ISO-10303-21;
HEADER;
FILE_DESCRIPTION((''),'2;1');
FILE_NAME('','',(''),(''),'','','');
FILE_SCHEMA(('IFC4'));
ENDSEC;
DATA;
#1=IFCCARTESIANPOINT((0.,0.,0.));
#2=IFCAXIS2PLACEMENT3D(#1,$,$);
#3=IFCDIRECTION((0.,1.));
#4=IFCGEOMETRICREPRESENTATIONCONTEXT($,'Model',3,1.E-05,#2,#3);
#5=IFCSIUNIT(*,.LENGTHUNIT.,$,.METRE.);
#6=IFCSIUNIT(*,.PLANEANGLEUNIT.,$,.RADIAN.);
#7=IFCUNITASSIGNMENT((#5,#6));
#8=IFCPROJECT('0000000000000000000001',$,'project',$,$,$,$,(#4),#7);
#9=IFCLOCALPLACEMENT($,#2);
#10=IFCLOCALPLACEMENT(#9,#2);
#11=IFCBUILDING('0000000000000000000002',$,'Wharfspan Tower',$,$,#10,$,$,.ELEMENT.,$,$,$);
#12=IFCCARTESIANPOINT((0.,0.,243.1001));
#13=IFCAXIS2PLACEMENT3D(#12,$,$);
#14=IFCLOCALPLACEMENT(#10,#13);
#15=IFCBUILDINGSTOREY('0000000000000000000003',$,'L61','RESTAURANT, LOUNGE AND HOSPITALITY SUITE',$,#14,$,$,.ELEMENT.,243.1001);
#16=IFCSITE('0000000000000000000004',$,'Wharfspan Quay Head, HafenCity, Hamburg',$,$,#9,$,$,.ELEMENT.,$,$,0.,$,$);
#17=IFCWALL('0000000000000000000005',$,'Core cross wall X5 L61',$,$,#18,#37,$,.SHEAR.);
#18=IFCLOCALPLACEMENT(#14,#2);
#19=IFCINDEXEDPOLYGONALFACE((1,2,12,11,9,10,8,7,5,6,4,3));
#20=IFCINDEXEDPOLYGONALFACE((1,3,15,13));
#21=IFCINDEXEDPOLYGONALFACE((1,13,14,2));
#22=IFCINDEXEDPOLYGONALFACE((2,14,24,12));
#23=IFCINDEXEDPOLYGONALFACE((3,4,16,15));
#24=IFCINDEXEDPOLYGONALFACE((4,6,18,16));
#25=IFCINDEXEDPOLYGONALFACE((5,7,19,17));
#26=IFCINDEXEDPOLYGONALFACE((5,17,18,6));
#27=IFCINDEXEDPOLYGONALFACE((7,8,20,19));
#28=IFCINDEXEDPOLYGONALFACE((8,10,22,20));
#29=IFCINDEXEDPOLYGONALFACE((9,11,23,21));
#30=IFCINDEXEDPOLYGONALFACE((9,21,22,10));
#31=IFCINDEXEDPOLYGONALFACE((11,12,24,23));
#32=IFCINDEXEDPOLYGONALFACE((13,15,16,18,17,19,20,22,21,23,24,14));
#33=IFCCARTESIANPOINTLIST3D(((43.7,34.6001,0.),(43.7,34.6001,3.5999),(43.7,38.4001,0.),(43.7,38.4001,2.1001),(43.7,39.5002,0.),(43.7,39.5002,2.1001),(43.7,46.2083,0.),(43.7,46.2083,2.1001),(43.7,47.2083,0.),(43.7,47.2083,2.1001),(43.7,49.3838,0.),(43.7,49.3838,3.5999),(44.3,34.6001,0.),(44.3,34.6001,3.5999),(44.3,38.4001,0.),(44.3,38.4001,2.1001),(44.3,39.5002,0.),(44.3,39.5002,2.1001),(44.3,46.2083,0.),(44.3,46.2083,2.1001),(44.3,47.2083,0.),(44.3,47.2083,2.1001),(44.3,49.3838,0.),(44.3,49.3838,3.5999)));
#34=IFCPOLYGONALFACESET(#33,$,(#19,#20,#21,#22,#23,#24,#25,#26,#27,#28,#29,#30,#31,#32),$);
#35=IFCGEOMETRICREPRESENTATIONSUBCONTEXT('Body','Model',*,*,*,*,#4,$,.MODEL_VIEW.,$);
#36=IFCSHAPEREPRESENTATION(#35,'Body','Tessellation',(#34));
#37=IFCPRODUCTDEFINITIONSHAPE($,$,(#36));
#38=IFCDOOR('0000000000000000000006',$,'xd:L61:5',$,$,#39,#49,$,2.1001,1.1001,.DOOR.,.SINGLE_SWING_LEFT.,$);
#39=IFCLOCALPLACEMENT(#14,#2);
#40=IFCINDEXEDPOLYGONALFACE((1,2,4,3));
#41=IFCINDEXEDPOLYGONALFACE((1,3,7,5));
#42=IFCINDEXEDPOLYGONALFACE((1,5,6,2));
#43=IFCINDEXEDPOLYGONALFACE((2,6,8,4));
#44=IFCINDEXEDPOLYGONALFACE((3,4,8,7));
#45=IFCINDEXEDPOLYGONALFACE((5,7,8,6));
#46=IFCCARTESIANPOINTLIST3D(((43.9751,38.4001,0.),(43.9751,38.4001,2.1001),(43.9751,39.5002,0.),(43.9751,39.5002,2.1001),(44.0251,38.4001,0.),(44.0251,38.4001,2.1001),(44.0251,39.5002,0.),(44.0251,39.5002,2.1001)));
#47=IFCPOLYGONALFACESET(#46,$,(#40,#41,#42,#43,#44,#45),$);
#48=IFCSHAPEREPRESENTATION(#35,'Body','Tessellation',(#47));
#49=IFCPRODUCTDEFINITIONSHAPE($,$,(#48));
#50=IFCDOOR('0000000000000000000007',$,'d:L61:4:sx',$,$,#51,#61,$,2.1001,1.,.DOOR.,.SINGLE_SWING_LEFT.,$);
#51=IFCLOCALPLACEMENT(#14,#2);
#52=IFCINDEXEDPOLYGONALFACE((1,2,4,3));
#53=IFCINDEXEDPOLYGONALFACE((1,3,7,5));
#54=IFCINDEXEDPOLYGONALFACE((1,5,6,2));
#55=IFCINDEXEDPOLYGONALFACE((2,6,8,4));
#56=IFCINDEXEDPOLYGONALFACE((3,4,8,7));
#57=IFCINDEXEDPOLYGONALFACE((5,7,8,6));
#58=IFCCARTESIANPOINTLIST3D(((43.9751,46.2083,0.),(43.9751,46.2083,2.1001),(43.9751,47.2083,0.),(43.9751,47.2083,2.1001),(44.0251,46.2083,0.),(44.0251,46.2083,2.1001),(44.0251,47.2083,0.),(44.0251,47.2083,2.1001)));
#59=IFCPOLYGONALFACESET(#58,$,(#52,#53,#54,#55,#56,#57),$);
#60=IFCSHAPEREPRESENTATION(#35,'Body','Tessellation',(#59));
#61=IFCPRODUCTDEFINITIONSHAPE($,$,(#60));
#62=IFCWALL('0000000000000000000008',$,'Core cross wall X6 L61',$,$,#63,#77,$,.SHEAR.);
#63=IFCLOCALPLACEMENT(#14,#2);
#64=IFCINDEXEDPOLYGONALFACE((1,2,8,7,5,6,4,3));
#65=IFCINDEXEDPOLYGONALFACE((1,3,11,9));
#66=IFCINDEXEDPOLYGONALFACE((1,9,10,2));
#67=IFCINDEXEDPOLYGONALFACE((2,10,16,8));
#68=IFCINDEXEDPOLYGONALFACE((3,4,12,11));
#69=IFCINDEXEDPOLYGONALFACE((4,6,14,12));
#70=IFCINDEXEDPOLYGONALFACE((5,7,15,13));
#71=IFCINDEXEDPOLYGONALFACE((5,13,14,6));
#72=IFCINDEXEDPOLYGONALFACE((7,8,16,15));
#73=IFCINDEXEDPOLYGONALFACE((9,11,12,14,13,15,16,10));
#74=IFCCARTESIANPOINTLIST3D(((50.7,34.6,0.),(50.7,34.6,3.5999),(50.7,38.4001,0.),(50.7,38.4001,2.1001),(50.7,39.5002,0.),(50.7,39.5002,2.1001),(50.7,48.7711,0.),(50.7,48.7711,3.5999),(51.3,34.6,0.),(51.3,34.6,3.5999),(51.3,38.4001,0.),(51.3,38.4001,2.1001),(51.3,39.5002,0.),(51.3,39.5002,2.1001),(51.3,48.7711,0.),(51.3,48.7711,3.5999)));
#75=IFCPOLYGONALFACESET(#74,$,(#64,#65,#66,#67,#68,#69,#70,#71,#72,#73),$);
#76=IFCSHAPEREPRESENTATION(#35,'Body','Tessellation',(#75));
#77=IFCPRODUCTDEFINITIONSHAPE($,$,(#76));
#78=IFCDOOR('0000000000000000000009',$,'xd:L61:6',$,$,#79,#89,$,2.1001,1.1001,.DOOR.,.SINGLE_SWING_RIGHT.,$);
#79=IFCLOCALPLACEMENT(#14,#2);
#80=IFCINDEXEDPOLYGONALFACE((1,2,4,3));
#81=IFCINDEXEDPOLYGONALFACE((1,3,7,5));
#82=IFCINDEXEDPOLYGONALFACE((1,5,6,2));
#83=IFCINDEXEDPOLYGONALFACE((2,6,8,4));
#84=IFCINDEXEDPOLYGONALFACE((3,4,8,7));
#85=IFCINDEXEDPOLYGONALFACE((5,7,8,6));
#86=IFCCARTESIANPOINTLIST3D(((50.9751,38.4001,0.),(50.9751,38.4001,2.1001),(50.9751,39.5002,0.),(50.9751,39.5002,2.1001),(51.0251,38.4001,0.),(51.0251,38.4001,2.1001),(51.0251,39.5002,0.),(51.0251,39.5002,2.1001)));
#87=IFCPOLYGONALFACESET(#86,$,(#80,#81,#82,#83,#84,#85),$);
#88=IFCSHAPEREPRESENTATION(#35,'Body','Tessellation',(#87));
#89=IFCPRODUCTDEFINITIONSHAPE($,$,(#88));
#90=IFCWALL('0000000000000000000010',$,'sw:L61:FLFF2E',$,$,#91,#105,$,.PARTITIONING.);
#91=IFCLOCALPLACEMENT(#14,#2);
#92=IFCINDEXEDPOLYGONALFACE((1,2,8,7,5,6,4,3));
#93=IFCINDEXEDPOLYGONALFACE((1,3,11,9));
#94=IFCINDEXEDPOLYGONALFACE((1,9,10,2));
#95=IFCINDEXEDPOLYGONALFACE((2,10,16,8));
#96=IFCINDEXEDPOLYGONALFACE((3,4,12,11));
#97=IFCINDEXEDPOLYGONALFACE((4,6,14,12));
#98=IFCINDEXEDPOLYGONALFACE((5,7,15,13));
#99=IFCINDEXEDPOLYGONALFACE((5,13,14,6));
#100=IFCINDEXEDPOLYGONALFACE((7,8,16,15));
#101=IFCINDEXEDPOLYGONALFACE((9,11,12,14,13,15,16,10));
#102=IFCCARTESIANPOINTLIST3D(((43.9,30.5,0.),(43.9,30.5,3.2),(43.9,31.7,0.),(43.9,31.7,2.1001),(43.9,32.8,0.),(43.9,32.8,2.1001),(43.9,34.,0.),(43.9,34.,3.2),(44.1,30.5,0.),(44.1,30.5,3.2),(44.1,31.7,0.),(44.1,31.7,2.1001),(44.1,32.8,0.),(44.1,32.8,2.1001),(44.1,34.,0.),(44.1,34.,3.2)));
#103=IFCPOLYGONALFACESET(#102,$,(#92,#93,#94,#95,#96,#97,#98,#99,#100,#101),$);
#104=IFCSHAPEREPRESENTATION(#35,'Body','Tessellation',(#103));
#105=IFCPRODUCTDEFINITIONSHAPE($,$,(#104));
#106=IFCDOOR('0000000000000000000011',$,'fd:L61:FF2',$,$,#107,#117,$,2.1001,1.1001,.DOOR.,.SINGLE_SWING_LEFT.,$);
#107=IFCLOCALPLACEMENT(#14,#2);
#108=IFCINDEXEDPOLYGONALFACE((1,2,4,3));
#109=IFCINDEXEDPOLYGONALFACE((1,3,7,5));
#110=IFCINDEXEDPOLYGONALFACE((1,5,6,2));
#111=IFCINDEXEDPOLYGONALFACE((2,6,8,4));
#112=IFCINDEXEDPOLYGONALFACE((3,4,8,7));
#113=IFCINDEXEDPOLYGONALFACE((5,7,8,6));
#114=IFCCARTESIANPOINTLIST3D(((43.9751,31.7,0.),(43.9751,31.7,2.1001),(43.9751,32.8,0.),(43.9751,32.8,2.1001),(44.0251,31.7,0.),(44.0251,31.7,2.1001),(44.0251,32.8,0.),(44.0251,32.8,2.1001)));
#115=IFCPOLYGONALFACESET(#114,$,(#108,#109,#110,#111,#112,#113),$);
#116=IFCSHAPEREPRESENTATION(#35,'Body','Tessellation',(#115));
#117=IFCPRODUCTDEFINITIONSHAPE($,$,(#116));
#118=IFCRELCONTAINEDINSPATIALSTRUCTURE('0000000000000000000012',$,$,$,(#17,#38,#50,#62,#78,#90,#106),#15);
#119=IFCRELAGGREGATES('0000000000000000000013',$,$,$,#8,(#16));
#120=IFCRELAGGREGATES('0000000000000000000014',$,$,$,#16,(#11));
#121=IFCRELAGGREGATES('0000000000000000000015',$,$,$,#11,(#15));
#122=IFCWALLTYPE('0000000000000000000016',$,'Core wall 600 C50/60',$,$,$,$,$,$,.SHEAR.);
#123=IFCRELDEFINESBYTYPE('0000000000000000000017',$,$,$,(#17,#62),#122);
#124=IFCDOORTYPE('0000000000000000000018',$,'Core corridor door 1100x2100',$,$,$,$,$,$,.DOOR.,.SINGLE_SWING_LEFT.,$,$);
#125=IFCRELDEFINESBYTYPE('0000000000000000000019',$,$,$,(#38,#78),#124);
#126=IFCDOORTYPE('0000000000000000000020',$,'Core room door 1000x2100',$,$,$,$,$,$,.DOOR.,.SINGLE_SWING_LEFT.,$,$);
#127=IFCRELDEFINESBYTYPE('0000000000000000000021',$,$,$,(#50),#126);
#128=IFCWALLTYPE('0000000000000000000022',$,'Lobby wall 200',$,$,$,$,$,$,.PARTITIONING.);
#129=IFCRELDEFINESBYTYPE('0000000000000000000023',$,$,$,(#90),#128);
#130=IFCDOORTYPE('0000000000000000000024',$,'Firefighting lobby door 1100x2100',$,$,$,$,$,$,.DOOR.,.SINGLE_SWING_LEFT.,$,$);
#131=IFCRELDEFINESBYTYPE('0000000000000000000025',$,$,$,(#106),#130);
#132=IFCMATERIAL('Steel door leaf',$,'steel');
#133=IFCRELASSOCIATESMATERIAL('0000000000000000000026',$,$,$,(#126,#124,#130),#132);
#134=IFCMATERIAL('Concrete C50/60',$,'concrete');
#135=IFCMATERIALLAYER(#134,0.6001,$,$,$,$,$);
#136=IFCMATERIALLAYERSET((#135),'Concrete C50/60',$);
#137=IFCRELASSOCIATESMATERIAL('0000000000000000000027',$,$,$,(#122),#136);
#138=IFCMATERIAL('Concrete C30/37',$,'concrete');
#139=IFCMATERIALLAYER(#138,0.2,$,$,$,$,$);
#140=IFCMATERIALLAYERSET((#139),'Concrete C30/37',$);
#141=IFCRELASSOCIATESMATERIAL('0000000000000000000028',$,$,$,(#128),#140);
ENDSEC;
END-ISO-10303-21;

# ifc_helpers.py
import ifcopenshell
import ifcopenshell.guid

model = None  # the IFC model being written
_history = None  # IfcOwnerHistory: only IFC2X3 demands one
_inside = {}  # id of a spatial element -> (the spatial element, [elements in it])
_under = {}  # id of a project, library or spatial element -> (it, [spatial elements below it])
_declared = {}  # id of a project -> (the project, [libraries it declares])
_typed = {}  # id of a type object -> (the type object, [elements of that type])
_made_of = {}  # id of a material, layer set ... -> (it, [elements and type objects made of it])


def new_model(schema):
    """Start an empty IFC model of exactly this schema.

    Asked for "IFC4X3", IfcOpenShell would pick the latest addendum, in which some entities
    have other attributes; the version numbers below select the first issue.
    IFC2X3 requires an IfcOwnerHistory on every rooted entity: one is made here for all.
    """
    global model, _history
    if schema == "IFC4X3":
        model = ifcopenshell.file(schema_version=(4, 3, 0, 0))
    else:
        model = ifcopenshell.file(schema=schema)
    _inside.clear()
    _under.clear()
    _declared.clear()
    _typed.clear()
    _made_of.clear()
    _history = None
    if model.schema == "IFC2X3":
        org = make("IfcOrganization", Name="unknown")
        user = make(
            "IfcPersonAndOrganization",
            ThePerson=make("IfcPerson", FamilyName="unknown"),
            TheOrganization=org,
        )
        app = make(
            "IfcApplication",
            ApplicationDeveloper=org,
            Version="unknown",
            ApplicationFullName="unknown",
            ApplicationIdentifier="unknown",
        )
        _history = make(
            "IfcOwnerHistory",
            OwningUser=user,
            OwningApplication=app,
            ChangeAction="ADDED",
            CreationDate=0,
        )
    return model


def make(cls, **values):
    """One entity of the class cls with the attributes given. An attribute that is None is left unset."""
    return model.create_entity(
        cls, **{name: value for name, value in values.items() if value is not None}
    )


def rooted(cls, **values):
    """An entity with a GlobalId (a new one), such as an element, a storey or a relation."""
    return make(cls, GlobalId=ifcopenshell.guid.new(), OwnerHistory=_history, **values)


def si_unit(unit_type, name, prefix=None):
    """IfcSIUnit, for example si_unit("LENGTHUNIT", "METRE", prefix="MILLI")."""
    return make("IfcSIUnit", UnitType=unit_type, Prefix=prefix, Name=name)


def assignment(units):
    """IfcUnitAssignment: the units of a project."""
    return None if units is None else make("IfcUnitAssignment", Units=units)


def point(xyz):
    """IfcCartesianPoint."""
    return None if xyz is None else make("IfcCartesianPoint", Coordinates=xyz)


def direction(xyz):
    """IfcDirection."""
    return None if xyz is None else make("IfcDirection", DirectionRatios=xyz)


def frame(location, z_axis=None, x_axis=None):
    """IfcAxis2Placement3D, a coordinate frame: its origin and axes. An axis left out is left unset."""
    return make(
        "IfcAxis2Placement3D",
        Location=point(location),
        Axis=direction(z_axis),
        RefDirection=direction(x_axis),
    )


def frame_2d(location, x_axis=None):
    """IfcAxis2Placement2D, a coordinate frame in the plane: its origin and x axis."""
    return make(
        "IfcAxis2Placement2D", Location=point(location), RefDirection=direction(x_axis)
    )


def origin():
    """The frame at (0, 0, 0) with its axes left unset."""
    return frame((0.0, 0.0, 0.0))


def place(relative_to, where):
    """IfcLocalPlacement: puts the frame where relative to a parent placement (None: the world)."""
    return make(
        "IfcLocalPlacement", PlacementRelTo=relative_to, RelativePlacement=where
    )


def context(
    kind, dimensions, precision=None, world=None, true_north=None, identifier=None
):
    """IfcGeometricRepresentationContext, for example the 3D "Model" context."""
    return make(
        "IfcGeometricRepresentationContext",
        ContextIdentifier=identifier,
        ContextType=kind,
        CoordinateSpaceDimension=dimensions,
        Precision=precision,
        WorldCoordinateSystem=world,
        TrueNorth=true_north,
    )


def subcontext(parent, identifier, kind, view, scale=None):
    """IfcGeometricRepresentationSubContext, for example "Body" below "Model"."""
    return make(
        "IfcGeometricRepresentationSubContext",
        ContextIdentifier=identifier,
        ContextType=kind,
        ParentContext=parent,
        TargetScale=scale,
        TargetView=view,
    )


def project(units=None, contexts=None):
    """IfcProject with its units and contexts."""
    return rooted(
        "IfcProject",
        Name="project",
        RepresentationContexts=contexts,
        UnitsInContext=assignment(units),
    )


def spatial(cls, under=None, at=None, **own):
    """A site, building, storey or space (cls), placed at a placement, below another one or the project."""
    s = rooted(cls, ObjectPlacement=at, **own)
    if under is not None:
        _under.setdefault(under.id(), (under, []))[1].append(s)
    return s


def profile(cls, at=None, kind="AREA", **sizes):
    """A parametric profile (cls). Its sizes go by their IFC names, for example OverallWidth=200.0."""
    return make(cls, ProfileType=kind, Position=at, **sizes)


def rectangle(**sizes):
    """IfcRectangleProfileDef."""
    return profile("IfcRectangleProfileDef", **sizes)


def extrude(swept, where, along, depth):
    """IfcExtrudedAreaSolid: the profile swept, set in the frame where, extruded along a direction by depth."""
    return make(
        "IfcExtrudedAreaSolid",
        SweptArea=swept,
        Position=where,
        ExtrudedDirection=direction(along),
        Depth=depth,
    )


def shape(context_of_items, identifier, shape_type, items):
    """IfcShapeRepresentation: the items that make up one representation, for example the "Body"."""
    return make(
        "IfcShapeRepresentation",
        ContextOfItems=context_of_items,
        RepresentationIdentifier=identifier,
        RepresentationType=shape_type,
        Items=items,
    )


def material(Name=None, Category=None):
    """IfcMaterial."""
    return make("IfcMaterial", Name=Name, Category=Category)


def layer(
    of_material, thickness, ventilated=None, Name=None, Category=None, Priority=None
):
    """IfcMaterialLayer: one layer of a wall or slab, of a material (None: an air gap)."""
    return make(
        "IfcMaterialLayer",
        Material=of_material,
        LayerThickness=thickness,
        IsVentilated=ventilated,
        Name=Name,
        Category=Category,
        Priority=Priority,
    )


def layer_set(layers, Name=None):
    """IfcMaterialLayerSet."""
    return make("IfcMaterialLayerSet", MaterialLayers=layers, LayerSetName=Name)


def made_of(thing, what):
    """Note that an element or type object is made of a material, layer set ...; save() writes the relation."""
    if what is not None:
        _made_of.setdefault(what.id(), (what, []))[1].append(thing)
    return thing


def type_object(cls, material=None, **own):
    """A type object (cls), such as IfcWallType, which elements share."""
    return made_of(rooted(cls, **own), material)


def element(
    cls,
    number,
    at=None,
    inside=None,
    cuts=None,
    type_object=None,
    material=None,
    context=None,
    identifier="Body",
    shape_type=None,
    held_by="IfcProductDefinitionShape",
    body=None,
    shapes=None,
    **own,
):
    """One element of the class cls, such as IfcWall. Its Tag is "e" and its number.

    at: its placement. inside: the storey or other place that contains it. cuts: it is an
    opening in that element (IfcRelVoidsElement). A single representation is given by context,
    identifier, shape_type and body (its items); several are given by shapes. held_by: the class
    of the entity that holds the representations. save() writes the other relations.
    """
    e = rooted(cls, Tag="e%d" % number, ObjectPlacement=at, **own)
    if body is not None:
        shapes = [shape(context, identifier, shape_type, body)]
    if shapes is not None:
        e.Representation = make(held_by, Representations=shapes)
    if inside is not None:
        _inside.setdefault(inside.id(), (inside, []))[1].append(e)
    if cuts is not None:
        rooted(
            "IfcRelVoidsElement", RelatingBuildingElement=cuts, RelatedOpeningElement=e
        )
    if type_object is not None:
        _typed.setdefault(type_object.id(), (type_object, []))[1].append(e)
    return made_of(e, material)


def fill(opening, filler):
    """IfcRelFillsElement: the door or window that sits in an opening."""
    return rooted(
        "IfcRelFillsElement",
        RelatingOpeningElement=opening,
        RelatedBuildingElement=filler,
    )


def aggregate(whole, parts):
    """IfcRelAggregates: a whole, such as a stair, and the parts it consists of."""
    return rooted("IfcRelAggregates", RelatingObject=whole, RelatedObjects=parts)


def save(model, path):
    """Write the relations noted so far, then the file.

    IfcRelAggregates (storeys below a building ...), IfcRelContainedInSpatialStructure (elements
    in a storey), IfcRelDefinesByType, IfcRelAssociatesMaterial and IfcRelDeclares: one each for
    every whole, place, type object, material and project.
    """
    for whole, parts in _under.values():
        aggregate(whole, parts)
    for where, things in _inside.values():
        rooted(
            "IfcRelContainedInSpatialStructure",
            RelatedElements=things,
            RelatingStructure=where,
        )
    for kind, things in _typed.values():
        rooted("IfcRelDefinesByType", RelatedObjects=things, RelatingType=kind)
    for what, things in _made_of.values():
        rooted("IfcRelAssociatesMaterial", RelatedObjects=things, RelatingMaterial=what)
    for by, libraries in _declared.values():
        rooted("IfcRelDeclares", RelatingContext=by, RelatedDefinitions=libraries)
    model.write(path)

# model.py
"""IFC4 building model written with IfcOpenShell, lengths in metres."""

from ifc_helpers import new_model, si_unit, direction, frame, frame_2d, origin, place, context, subcontext, project, spatial, rectangle, extrude, material, layer, layer_set, type_object, element, fill, save


model = new_model("IFC4")

# Units and contexts
model_context = context("Model", 3, precision=1e-05, world=origin(), true_north=direction((0.0, 1.0)))
body_context = subcontext(model_context, "Body", "Model", "MODEL_VIEW")
ifc_project = project(units=[si_unit("LENGTHUNIT", "METRE"), si_unit("PLANEANGLEUNIT", "RADIAN")], contexts=[model_context])

# Site, building, storey
site_placement = place(None, origin())
site = spatial("IfcSite", under=ifc_project, at=site_placement, Name="Wharfspan Quay Head, HafenCity, Hamburg", CompositionType="ELEMENT", RefElevation=0.0)
building_placement = place(site_placement, origin())
building = spatial("IfcBuilding", under=site, at=building_placement, Name="Wharfspan Tower", CompositionType="ELEMENT")
storey_placement = place(building_placement, frame((0.0, 0.0, 243.1001)))
storey = spatial("IfcBuildingStorey", under=building, at=storey_placement, Name="L61", Description="RESTAURANT, LOUNGE AND HOSPITALITY SUITE", CompositionType="ELEMENT", Elevation=243.1001)

# Shared definitions
ifc_material_1 = material(Name="Steel door leaf", Category="steel")
door_type_1 = type_object("IfcDoorType", Name="Core room door 1000x2100", OperationType="SINGLE_SWING_LEFT", PredefinedType="DOOR", material=ifc_material_1)

# Wall, openings, doors
ifc_material_2 = material(Name="Concrete C50/60", Category="concrete")
ifc_layer_1 = layer(ifc_material_2, 0.6001)
ifc_layer_set_1 = layer_set([ifc_layer_1], Name="Concrete C50/60")
wall_type_1 = type_object("IfcWallType", Name="Core wall 600 C50/60", PredefinedType="SHEAR", material=ifc_layer_set_1)
wall_1_placement = place(storey_placement, frame((44.0, 34.6001, 0.0), z_axis=(0.0, 0.0, 1.0), x_axis=(0.0, 1.0, 0.0)))
wall_1 = element("IfcWall", 1, at=wall_1_placement, inside=storey, type_object=wall_type_1, Name="Core cross wall X5 L61", PredefinedType="SHEAR", context=body_context, shape_type="SweptSolid", body=[
    extrude(rectangle(XDim=14.7837, YDim=0.6001, at=frame_2d((7.3918, 0.0))), origin(), (0.0, 0.0, 1.0), 3.5999),
])
opening_1_placement = place(wall_1_placement, frame((11.6082, 0.0, 0.0)))
opening_1 = element("IfcOpeningElement", 2, at=opening_1_placement, cuts=wall_1, PredefinedType="OPENING", context=body_context, shape_type="SweptSolid", body=[
    extrude(rectangle(XDim=1.0, YDim=2.1001, at=frame_2d((0.5, 1.05))), frame((0.0, 0.3101, 0.0), z_axis=(0.0, -1.0, 0.0), x_axis=(1.0, 0.0, 0.0)), (0.0, 0.0, 1.0), 0.6201),
])
opening_2_placement = place(wall_1_placement, frame((3.8, 0.0, 0.0)))
opening_2 = element("IfcOpeningElement", 3, at=opening_2_placement, cuts=wall_1, PredefinedType="OPENING", context=body_context, shape_type="SweptSolid", body=[
    extrude(rectangle(XDim=1.1001, YDim=2.1001, at=frame_2d((0.55, 1.05))), frame((0.0, 0.3101, 0.0), z_axis=(0.0, -1.0, 0.0), x_axis=(1.0, 0.0, 0.0)), (0.0, 0.0, 1.0), 0.6201),
])
door_type_2 = type_object("IfcDoorType", Name="Core corridor door 1100x2100", OperationType="SINGLE_SWING_LEFT", PredefinedType="DOOR", material=ifc_material_1)
door_1_placement = place(opening_2_placement, origin())
door_1 = element("IfcDoor", 4, at=door_1_placement, inside=storey, type_object=door_type_2, Name="xd:L61:5", OperationType="SINGLE_SWING_LEFT", OverallHeight=2.1001, OverallWidth=1.1001, PredefinedType="DOOR", context=body_context, shape_type="SweptSolid", body=[
    extrude(rectangle(XDim=1.1001, YDim=2.1001, at=frame_2d((0.55, 1.05))), frame((0.0, 0.0249, 0.0), z_axis=(0.0, -1.0, 0.0), x_axis=(1.0, 0.0, 0.0)), (0.0, 0.0, 1.0), 0.05),
])
fill(opening_2, door_1)
door_2_placement = place(opening_1_placement, origin())
door_2 = element("IfcDoor", 5, at=door_2_placement, inside=storey, type_object=door_type_1, Name="d:L61:4:sx", OperationType="SINGLE_SWING_LEFT", OverallHeight=2.1001, OverallWidth=1.0, PredefinedType="DOOR", context=body_context, shape_type="SweptSolid", body=[
    extrude(rectangle(XDim=1.0, YDim=2.1001, at=frame_2d((0.5, 1.05))), frame((0.0, 0.0249, 0.0), z_axis=(0.0, -1.0, 0.0), x_axis=(1.0, 0.0, 0.0)), (0.0, 0.0, 1.0), 0.05),
])
fill(opening_1, door_2)

# Walls, openings, doors
wall_2_placement = place(storey_placement, frame((51.0, 34.6001, 0.0), z_axis=(0.0, 0.0, 1.0), x_axis=(0.0, 1.0, 0.0)))
wall_2 = element("IfcWall", 6, at=wall_2_placement, inside=storey, type_object=wall_type_1, Name="Core cross wall X6 L61", PredefinedType="SHEAR", context=body_context, shape_type="SweptSolid", body=[
    extrude(rectangle(XDim=14.1711, YDim=0.6001, at=frame_2d((7.0854, 0.0))), origin(), (0.0, 0.0, 1.0), 3.5999),
])
opening_3_placement = place(wall_2_placement, frame((3.8, 0.0, 0.0)))
opening_3 = element("IfcOpeningElement", 7, at=opening_3_placement, cuts=wall_2, PredefinedType="OPENING", context=body_context, shape_type="SweptSolid", body=[
    extrude(rectangle(XDim=1.1001, YDim=2.1001, at=frame_2d((0.55, 1.05))), frame((0.0, 0.3101, 0.0), z_axis=(0.0, -1.0, 0.0), x_axis=(1.0, 0.0, 0.0)), (0.0, 0.0, 1.0), 0.6201),
])
door_3_placement = place(opening_3_placement, origin())
door_3 = element("IfcDoor", 8, at=door_3_placement, inside=storey, type_object=door_type_2, Name="xd:L61:6", OperationType="SINGLE_SWING_RIGHT", OverallHeight=2.1001, OverallWidth=1.1001, PredefinedType="DOOR", context=body_context, shape_type="SweptSolid", body=[
    extrude(rectangle(XDim=1.1001, YDim=2.1001, at=frame_2d((0.55, 1.05))), frame((0.0, 0.0249, 0.0), z_axis=(0.0, -1.0, 0.0), x_axis=(1.0, 0.0, 0.0)), (0.0, 0.0, 1.0), 0.05),
])
fill(opening_3, door_3)
ifc_material_3 = material(Name="Concrete C30/37", Category="concrete")
ifc_layer_2 = layer(ifc_material_3, 0.2)
ifc_layer_set_2 = layer_set([ifc_layer_2], Name="Concrete C30/37")
wall_type_2 = type_object("IfcWallType", Name="Lobby wall 200", PredefinedType="PARTITIONING", material=ifc_layer_set_2)
wall_3_placement = place(storey_placement, frame((44.0, 30.5, 0.0), z_axis=(0.0, 0.0, 1.0), x_axis=(0.0, 1.0, 0.0)))
wall_3 = element("IfcWall", 9, at=wall_3_placement, inside=storey, type_object=wall_type_2, Name="sw:L61:FLFF2E", PredefinedType="PARTITIONING", context=body_context, shape_type="SweptSolid", body=[
    extrude(rectangle(XDim=3.5, YDim=0.2, at=frame_2d((1.75, 0.0))), origin(), (0.0, 0.0, 1.0), 3.2),
])
opening_4_placement = place(wall_3_placement, frame((1.2, 0.0, 0.0)))
opening_4 = element("IfcOpeningElement", 10, at=opening_4_placement, cuts=wall_3, PredefinedType="OPENING", context=body_context, shape_type="SweptSolid", body=[
    extrude(rectangle(XDim=1.1001, YDim=2.1001, at=frame_2d((0.55, 1.05))), frame((0.0, 0.1099, 0.0), z_axis=(0.0, -1.0, 0.0), x_axis=(1.0, 0.0, 0.0)), (0.0, 0.0, 1.0), 0.22),
])
door_type_3 = type_object("IfcDoorType", Name="Firefighting lobby door 1100x2100", OperationType="SINGLE_SWING_LEFT", PredefinedType="DOOR", material=ifc_material_1)
door_4_placement = place(opening_4_placement, origin())
door_4 = element("IfcDoor", 11, at=door_4_placement, inside=storey, type_object=door_type_3, Name="fd:L61:FF2", OperationType="SINGLE_SWING_LEFT", OverallHeight=2.1001, OverallWidth=1.1001, PredefinedType="DOOR", context=body_context, shape_type="SweptSolid", body=[
    extrude(rectangle(XDim=1.1001, YDim=2.1001, at=frame_2d((0.55, 1.05))), frame((0.0, 0.0249, 0.0), z_axis=(0.0, -1.0, 0.0), x_axis=(1.0, 0.0, 0.0)), (0.0, 0.0, 1.0), 0.05),
])
fill(opening_4, door_4)

save(model, "model.ifc")
